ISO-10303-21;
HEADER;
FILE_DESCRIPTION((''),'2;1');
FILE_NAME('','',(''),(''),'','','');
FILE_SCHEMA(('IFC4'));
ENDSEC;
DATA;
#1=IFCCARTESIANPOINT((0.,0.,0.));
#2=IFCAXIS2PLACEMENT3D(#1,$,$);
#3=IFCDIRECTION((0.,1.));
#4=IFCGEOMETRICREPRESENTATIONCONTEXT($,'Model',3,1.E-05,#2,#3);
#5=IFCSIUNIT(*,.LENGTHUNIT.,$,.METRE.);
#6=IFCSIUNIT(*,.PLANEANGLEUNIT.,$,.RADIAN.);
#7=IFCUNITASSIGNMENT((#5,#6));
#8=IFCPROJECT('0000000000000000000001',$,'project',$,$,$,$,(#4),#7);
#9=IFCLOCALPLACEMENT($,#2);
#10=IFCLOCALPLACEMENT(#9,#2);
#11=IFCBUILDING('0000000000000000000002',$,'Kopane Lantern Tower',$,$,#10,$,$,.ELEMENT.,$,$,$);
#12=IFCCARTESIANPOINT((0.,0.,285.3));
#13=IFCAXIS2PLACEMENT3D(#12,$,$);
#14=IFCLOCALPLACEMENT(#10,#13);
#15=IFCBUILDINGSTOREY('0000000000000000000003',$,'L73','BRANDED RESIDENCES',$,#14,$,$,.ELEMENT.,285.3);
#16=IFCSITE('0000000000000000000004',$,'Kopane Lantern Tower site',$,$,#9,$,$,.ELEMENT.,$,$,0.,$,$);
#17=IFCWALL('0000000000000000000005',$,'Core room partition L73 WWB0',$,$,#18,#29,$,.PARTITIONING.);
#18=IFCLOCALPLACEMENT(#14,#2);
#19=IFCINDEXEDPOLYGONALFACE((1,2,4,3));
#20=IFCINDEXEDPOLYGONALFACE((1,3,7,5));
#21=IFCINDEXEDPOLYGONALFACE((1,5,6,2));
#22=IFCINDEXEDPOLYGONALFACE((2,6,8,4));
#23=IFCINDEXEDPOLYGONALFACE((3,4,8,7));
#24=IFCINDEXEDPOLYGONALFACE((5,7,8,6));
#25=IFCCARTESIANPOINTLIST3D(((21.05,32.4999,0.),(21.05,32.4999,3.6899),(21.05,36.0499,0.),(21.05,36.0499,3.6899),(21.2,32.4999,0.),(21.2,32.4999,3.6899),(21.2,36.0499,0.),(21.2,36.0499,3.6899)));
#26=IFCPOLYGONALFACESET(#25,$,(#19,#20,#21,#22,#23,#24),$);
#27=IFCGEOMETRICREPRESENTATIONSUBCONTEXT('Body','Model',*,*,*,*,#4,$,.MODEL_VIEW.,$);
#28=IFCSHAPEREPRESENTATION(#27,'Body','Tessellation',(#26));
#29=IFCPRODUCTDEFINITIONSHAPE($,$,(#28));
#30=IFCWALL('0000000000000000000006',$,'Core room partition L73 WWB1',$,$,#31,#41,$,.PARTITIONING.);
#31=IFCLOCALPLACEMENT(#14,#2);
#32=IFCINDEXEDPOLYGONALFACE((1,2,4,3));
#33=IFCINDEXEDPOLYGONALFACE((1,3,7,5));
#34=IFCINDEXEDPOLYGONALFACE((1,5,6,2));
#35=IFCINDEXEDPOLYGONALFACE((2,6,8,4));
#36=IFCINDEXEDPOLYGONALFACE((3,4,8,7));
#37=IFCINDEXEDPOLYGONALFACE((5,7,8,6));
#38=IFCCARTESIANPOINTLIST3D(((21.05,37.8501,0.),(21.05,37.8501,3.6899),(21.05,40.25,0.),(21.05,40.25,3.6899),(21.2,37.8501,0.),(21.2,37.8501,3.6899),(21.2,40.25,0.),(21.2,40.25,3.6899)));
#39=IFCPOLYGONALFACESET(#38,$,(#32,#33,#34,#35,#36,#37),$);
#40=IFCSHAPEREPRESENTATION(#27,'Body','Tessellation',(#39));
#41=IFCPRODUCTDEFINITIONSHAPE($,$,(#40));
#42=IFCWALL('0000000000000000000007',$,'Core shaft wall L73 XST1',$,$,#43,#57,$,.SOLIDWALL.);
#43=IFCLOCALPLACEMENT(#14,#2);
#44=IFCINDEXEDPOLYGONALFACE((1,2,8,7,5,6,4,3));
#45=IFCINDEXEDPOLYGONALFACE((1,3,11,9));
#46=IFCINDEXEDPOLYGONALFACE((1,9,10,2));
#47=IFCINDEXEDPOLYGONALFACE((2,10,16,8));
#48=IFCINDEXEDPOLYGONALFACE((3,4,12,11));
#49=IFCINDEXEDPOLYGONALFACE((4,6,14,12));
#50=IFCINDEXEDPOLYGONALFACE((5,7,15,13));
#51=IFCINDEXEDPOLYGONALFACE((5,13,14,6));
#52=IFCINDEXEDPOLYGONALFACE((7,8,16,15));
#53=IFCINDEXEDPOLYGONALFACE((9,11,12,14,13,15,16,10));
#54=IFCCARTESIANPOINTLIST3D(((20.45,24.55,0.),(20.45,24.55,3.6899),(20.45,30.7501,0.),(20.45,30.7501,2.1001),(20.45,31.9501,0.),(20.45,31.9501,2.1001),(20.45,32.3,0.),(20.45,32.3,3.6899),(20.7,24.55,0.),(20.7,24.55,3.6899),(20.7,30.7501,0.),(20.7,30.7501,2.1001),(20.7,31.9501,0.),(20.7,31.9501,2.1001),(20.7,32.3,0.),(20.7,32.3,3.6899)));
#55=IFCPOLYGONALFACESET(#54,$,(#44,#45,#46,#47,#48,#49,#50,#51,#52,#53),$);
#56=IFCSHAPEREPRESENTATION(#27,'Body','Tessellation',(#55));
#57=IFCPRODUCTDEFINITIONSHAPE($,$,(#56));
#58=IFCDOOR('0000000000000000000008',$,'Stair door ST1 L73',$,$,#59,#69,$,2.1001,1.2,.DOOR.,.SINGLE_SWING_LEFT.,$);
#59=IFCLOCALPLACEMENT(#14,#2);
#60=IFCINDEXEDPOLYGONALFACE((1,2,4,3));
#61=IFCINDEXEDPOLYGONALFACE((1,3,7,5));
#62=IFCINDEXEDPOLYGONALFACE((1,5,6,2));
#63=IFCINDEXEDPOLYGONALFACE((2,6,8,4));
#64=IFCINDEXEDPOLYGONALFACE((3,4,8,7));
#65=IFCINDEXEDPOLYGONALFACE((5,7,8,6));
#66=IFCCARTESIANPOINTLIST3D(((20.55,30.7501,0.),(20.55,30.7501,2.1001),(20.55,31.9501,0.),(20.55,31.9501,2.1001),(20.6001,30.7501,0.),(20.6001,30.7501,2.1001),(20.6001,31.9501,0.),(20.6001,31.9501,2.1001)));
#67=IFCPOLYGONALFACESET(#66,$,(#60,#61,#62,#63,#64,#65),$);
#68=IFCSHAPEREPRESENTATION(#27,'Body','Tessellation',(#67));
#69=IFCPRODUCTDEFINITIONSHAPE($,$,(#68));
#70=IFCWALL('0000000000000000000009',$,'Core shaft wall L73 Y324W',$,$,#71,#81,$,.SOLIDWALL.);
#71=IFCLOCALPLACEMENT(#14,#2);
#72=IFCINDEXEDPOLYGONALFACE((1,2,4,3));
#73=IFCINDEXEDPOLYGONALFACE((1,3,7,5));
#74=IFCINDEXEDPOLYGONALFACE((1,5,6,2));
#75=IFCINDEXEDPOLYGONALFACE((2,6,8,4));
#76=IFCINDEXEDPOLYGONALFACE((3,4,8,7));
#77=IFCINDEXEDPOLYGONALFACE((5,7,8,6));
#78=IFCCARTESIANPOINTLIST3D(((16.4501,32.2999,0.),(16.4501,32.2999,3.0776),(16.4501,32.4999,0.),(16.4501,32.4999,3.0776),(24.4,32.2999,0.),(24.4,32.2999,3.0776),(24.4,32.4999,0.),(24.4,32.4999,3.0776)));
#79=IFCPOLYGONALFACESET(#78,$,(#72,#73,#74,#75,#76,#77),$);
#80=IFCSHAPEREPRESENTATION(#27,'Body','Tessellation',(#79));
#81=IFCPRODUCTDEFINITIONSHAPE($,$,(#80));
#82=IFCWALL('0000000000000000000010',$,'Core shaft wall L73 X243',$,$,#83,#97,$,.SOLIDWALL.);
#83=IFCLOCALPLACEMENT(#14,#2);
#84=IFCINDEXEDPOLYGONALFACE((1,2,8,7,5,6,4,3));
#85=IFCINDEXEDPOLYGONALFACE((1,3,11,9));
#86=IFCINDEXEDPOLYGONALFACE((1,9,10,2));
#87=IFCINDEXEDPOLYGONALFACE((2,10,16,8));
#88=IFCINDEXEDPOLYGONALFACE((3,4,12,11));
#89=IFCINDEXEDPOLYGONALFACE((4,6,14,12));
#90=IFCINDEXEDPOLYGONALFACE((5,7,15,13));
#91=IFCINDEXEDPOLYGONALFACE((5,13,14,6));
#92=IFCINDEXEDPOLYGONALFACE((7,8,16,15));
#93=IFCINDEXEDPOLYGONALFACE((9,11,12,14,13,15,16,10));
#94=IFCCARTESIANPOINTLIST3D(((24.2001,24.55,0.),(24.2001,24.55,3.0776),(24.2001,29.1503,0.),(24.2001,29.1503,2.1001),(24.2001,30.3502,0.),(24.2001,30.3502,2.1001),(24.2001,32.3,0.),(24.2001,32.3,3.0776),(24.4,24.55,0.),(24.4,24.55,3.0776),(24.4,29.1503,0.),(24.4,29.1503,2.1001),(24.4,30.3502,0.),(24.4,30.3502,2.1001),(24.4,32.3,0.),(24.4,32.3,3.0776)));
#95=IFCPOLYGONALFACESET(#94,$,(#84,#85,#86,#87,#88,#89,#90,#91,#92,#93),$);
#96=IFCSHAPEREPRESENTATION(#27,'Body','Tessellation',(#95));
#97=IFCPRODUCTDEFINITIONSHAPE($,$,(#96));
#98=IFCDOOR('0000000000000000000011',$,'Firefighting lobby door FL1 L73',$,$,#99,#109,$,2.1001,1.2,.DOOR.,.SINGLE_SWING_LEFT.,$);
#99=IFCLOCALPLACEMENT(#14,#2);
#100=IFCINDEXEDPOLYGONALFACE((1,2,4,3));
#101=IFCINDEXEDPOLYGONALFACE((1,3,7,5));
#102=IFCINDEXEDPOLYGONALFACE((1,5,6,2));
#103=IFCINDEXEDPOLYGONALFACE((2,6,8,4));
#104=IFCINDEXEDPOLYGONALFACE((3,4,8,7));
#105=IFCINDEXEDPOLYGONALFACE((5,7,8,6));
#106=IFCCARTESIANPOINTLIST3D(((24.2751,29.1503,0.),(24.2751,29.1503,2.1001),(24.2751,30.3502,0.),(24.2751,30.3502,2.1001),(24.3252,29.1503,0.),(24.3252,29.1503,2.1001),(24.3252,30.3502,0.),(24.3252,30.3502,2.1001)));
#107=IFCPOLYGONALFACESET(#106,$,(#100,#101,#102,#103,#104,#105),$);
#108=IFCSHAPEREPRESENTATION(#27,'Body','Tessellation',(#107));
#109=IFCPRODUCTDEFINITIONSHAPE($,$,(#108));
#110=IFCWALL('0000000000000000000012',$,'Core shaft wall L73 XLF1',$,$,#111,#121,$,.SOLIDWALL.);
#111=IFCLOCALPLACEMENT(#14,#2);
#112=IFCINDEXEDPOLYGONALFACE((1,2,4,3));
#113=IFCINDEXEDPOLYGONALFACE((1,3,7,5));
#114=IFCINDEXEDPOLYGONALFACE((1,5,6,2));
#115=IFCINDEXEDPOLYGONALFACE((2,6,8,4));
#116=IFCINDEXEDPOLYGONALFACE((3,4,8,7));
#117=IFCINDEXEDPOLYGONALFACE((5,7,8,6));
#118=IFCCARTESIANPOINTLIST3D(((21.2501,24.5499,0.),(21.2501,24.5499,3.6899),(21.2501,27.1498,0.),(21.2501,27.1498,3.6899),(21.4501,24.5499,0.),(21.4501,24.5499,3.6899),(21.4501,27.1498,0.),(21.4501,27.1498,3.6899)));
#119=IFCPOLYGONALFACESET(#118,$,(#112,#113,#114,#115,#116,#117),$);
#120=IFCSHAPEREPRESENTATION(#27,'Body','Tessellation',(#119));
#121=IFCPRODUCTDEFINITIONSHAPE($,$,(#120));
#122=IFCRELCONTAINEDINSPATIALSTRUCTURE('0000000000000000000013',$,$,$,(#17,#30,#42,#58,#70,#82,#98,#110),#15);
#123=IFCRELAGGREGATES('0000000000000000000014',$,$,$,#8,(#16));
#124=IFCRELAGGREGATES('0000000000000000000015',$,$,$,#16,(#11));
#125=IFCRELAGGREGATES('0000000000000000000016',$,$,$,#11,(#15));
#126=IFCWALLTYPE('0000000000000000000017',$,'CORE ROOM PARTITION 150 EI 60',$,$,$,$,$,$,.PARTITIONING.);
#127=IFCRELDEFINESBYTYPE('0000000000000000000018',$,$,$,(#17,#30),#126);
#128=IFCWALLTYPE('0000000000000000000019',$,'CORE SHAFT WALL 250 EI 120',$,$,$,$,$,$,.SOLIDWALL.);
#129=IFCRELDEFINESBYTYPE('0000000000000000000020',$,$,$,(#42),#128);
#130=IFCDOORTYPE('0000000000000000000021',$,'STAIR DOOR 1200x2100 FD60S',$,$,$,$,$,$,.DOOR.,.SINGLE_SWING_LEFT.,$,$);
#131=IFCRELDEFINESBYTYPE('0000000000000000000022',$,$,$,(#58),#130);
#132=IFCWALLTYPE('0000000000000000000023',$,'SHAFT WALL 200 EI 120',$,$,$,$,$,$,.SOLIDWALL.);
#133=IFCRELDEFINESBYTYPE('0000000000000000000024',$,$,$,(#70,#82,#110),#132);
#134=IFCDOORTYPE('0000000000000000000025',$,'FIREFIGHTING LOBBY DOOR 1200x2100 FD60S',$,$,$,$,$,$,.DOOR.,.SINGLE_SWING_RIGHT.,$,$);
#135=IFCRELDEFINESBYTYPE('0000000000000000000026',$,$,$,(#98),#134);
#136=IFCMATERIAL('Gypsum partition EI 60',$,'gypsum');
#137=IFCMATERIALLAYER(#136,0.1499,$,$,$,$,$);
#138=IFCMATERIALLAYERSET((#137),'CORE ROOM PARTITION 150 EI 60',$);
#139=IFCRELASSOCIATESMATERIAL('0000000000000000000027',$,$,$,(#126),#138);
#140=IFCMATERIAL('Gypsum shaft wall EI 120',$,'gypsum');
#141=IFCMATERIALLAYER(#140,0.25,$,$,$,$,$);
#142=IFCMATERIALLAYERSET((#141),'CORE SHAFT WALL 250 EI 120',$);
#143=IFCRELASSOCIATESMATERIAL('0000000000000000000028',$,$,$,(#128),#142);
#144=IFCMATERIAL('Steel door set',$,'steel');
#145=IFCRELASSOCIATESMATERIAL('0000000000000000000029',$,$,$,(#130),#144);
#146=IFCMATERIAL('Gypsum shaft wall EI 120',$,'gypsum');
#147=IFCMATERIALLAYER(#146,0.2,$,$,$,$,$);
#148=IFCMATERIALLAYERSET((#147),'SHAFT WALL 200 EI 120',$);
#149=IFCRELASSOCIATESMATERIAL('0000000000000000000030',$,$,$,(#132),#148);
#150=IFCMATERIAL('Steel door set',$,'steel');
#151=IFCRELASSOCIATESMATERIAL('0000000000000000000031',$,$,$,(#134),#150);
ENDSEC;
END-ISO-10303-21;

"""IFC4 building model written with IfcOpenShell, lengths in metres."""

from ifc_helpers import new_model, si_unit, direction, frame, frame_2d, origin, place, context, subcontext, project, spatial, rectangle, extrude, material, layer, layer_set, type_object, element, fill, save


model = new_model("IFC4")

# Units and contexts
model_context = context("Model", 3, precision=1e-05, world=origin(), true_north=direction((0.0, 1.0)))
body_context = subcontext(model_context, "Body", "Model", "MODEL_VIEW")
ifc_project = project(units=[si_unit("LENGTHUNIT", "METRE"), si_unit("PLANEANGLEUNIT", "RADIAN")], contexts=[model_context])

# Site, building, storey
site_placement = place(None, origin())
site = spatial("IfcSite", under=ifc_project, at=site_placement, Name="Kopane Lantern Tower site", CompositionType="ELEMENT", RefElevation=0.0)
building_placement = place(site_placement, origin())
building = spatial("IfcBuilding", under=site, at=building_placement, Name="Kopane Lantern Tower", CompositionType="ELEMENT")
storey_placement = place(building_placement, frame((0.0, 0.0, 285.3)))
storey = spatial("IfcBuildingStorey", under=building, at=storey_placement, Name="L73", Description="BRANDED RESIDENCES", CompositionType="ELEMENT", Elevation=285.3)

# Walls
ifc_material_1 = material(Name="Gypsum partition EI 60", Category="gypsum")
ifc_layer_1 = layer(ifc_material_1, 0.1499)
ifc_layer_set_1 = layer_set([ifc_layer_1], Name="CORE ROOM PARTITION 150 EI 60")
wall_type_1 = type_object("IfcWallType", Name="CORE ROOM PARTITION 150 EI 60", PredefinedType="PARTITIONING", material=ifc_layer_set_1)
wall_1_placement = place(storey_placement, frame((21.125, 32.5, 0.0), z_axis=(0.0, 0.0, 1.0), x_axis=(0.0, 1.0, 0.0)))
element("IfcWall", 1, at=wall_1_placement, inside=storey, type_object=wall_type_1, Name="Core room partition L73 WWB0", PredefinedType="PARTITIONING", context=body_context, shape_type="SweptSolid", body=[
    extrude(rectangle(XDim=3.55, YDim=0.1499, at=frame_2d((1.7749, 0.0))), origin(), (0.0, 0.0, 1.0), 3.6899),
])
wall_2_placement = place(storey_placement, frame((21.125, 37.8501, 0.0), z_axis=(0.0, 0.0, 1.0), x_axis=(0.0, 1.0, 0.0)))
element("IfcWall", 2, at=wall_2_placement, inside=storey, type_object=wall_type_1, Name="Core room partition L73 WWB1", PredefinedType="PARTITIONING", context=body_context, shape_type="SweptSolid", body=[
    extrude(rectangle(XDim=2.3999, YDim=0.1499, at=frame_2d((1.2, 0.0))), origin(), (0.0, 0.0, 1.0), 3.6899),
])

# Wall, opening, door
ifc_material_2 = material(Name="Gypsum shaft wall EI 120", Category="gypsum")
ifc_layer_2 = layer(ifc_material_2, 0.25)
ifc_layer_set_2 = layer_set([ifc_layer_2], Name="CORE SHAFT WALL 250 EI 120")
wall_type_2 = type_object("IfcWallType", Name="CORE SHAFT WALL 250 EI 120", PredefinedType="SOLIDWALL", material=ifc_layer_set_2)
wall_3_placement = place(storey_placement, frame((20.575, 24.55, 0.0), z_axis=(0.0, 0.0, 1.0), x_axis=(0.0, 1.0, 0.0)))
wall_3 = element("IfcWall", 3, at=wall_3_placement, inside=storey, type_object=wall_type_2, Name="Core shaft wall L73 XST1", PredefinedType="SOLIDWALL", context=body_context, shape_type="SweptSolid", body=[
    extrude(rectangle(XDim=7.75, YDim=0.25, at=frame_2d((3.875, 0.0))), origin(), (0.0, 0.0, 1.0), 3.6899),
])
opening_1_placement = place(wall_3_placement, frame((6.2, 0.0, 0.0)))
opening_1 = element("IfcOpeningElement", 4, at=opening_1_placement, cuts=wall_3, PredefinedType="OPENING", context=body_context, shape_type="SweptSolid", body=[
    extrude(rectangle(XDim=1.2, YDim=2.1001, at=frame_2d((0.6001, 1.05))), frame((0.0, 0.135, 0.0), z_axis=(0.0, -1.0, 0.0), x_axis=(1.0, 0.0, 0.0)), (0.0, 0.0, 1.0), 0.27),
])
ifc_material_3 = material(Name="Steel door set", Category="steel")
door_type_1 = type_object("IfcDoorType", Name="STAIR DOOR 1200x2100 FD60S", OperationType="SINGLE_SWING_LEFT", PredefinedType="DOOR", material=ifc_material_3)
door_1_placement = place(opening_1_placement, origin())
door_1 = element("IfcDoor", 5, at=door_1_placement, inside=storey, type_object=door_type_1, Name="Stair door ST1 L73", OperationType="SINGLE_SWING_LEFT", OverallHeight=2.1001, OverallWidth=1.2, PredefinedType="DOOR", context=body_context, shape_type="SweptSolid", body=[
    extrude(rectangle(XDim=1.2, YDim=2.1001, at=frame_2d((0.6001, 1.05))), frame((0.0, 0.0249, 0.0), z_axis=(0.0, -1.0, 0.0), x_axis=(1.0, 0.0, 0.0)), (0.0, 0.0, 1.0), 0.05),
])
fill(opening_1, door_1)

# Wall
ifc_material_4 = material(Name="Gypsum shaft wall EI 120", Category="gypsum")
ifc_layer_3 = layer(ifc_material_4, 0.2)
ifc_layer_set_3 = layer_set([ifc_layer_3], Name="SHAFT WALL 200 EI 120")
wall_type_3 = type_object("IfcWallType", Name="SHAFT WALL 200 EI 120", PredefinedType="SOLIDWALL", material=ifc_layer_set_3)
wall_4_placement = place(storey_placement, frame((16.45, 32.3999, 0.0), z_axis=(0.0, 0.0, 1.0), x_axis=(1.0, 0.0, 0.0)))
element("IfcWall", 6, at=wall_4_placement, inside=storey, type_object=wall_type_3, Name="Core shaft wall L73 Y324W", PredefinedType="SOLIDWALL", context=body_context, shape_type="SweptSolid", body=[
    extrude(rectangle(XDim=7.95, YDim=0.2, at=frame_2d((3.9751, 0.0))), origin(), (0.0, 0.0, 1.0), 3.0776),
])

# Wall, opening, door
wall_5_placement = place(storey_placement, frame((24.3, 24.55, 0.0), z_axis=(0.0, 0.0, 1.0), x_axis=(0.0, 1.0, 0.0)))
wall_5 = element("IfcWall", 7, at=wall_5_placement, inside=storey, type_object=wall_type_3, Name="Core shaft wall L73 X243", PredefinedType="SOLIDWALL", context=body_context, shape_type="SweptSolid", body=[
    extrude(rectangle(XDim=7.75, YDim=0.2, at=frame_2d((3.875, 0.0))), origin(), (0.0, 0.0, 1.0), 3.0776),
])
opening_2_placement = place(wall_5_placement, frame((4.6001, 0.0, 0.0)))
opening_2 = element("IfcOpeningElement", 8, at=opening_2_placement, cuts=wall_5, PredefinedType="OPENING", context=body_context, shape_type="SweptSolid", body=[
    extrude(rectangle(XDim=1.2, YDim=2.1001, at=frame_2d((0.6001, 1.05))), frame((0.0, 0.1099, 0.0), z_axis=(0.0, -1.0, 0.0), x_axis=(1.0, 0.0, 0.0)), (0.0, 0.0, 1.0), 0.22),
])
ifc_material_5 = material(Name="Steel door set", Category="steel")
door_type_2 = type_object("IfcDoorType", Name="FIREFIGHTING LOBBY DOOR 1200x2100 FD60S", OperationType="SINGLE_SWING_RIGHT", PredefinedType="DOOR", material=ifc_material_5)
door_2_placement = place(opening_2_placement, origin())
door_2 = element("IfcDoor", 9, at=door_2_placement, inside=storey, type_object=door_type_2, Name="Firefighting lobby door FL1 L73", OperationType="SINGLE_SWING_LEFT", OverallHeight=2.1001, OverallWidth=1.2, PredefinedType="DOOR", context=body_context, shape_type="SweptSolid", body=[
    extrude(rectangle(XDim=1.2, YDim=2.1001, at=frame_2d((0.6001, 1.05))), frame((0.0, 0.0249, 0.0), z_axis=(0.0, -1.0, 0.0), x_axis=(1.0, 0.0, 0.0)), (0.0, 0.0, 1.0), 0.05),
])
fill(opening_2, door_2)

# Wall
wall_6_placement = place(storey_placement, frame((21.3501, 24.55, 0.0), z_axis=(0.0, 0.0, 1.0), x_axis=(0.0, 1.0, 0.0)))
element("IfcWall", 10, at=wall_6_placement, inside=storey, type_object=wall_type_3, Name="Core shaft wall L73 XLF1", PredefinedType="SOLIDWALL", context=body_context, shape_type="SweptSolid", body=[
    extrude(rectangle(XDim=2.5999, YDim=0.2, at=frame_2d((1.2998, 0.0))), origin(), (0.0, 0.0, 1.0), 3.6899),
])

save(model, "model.ifc")
